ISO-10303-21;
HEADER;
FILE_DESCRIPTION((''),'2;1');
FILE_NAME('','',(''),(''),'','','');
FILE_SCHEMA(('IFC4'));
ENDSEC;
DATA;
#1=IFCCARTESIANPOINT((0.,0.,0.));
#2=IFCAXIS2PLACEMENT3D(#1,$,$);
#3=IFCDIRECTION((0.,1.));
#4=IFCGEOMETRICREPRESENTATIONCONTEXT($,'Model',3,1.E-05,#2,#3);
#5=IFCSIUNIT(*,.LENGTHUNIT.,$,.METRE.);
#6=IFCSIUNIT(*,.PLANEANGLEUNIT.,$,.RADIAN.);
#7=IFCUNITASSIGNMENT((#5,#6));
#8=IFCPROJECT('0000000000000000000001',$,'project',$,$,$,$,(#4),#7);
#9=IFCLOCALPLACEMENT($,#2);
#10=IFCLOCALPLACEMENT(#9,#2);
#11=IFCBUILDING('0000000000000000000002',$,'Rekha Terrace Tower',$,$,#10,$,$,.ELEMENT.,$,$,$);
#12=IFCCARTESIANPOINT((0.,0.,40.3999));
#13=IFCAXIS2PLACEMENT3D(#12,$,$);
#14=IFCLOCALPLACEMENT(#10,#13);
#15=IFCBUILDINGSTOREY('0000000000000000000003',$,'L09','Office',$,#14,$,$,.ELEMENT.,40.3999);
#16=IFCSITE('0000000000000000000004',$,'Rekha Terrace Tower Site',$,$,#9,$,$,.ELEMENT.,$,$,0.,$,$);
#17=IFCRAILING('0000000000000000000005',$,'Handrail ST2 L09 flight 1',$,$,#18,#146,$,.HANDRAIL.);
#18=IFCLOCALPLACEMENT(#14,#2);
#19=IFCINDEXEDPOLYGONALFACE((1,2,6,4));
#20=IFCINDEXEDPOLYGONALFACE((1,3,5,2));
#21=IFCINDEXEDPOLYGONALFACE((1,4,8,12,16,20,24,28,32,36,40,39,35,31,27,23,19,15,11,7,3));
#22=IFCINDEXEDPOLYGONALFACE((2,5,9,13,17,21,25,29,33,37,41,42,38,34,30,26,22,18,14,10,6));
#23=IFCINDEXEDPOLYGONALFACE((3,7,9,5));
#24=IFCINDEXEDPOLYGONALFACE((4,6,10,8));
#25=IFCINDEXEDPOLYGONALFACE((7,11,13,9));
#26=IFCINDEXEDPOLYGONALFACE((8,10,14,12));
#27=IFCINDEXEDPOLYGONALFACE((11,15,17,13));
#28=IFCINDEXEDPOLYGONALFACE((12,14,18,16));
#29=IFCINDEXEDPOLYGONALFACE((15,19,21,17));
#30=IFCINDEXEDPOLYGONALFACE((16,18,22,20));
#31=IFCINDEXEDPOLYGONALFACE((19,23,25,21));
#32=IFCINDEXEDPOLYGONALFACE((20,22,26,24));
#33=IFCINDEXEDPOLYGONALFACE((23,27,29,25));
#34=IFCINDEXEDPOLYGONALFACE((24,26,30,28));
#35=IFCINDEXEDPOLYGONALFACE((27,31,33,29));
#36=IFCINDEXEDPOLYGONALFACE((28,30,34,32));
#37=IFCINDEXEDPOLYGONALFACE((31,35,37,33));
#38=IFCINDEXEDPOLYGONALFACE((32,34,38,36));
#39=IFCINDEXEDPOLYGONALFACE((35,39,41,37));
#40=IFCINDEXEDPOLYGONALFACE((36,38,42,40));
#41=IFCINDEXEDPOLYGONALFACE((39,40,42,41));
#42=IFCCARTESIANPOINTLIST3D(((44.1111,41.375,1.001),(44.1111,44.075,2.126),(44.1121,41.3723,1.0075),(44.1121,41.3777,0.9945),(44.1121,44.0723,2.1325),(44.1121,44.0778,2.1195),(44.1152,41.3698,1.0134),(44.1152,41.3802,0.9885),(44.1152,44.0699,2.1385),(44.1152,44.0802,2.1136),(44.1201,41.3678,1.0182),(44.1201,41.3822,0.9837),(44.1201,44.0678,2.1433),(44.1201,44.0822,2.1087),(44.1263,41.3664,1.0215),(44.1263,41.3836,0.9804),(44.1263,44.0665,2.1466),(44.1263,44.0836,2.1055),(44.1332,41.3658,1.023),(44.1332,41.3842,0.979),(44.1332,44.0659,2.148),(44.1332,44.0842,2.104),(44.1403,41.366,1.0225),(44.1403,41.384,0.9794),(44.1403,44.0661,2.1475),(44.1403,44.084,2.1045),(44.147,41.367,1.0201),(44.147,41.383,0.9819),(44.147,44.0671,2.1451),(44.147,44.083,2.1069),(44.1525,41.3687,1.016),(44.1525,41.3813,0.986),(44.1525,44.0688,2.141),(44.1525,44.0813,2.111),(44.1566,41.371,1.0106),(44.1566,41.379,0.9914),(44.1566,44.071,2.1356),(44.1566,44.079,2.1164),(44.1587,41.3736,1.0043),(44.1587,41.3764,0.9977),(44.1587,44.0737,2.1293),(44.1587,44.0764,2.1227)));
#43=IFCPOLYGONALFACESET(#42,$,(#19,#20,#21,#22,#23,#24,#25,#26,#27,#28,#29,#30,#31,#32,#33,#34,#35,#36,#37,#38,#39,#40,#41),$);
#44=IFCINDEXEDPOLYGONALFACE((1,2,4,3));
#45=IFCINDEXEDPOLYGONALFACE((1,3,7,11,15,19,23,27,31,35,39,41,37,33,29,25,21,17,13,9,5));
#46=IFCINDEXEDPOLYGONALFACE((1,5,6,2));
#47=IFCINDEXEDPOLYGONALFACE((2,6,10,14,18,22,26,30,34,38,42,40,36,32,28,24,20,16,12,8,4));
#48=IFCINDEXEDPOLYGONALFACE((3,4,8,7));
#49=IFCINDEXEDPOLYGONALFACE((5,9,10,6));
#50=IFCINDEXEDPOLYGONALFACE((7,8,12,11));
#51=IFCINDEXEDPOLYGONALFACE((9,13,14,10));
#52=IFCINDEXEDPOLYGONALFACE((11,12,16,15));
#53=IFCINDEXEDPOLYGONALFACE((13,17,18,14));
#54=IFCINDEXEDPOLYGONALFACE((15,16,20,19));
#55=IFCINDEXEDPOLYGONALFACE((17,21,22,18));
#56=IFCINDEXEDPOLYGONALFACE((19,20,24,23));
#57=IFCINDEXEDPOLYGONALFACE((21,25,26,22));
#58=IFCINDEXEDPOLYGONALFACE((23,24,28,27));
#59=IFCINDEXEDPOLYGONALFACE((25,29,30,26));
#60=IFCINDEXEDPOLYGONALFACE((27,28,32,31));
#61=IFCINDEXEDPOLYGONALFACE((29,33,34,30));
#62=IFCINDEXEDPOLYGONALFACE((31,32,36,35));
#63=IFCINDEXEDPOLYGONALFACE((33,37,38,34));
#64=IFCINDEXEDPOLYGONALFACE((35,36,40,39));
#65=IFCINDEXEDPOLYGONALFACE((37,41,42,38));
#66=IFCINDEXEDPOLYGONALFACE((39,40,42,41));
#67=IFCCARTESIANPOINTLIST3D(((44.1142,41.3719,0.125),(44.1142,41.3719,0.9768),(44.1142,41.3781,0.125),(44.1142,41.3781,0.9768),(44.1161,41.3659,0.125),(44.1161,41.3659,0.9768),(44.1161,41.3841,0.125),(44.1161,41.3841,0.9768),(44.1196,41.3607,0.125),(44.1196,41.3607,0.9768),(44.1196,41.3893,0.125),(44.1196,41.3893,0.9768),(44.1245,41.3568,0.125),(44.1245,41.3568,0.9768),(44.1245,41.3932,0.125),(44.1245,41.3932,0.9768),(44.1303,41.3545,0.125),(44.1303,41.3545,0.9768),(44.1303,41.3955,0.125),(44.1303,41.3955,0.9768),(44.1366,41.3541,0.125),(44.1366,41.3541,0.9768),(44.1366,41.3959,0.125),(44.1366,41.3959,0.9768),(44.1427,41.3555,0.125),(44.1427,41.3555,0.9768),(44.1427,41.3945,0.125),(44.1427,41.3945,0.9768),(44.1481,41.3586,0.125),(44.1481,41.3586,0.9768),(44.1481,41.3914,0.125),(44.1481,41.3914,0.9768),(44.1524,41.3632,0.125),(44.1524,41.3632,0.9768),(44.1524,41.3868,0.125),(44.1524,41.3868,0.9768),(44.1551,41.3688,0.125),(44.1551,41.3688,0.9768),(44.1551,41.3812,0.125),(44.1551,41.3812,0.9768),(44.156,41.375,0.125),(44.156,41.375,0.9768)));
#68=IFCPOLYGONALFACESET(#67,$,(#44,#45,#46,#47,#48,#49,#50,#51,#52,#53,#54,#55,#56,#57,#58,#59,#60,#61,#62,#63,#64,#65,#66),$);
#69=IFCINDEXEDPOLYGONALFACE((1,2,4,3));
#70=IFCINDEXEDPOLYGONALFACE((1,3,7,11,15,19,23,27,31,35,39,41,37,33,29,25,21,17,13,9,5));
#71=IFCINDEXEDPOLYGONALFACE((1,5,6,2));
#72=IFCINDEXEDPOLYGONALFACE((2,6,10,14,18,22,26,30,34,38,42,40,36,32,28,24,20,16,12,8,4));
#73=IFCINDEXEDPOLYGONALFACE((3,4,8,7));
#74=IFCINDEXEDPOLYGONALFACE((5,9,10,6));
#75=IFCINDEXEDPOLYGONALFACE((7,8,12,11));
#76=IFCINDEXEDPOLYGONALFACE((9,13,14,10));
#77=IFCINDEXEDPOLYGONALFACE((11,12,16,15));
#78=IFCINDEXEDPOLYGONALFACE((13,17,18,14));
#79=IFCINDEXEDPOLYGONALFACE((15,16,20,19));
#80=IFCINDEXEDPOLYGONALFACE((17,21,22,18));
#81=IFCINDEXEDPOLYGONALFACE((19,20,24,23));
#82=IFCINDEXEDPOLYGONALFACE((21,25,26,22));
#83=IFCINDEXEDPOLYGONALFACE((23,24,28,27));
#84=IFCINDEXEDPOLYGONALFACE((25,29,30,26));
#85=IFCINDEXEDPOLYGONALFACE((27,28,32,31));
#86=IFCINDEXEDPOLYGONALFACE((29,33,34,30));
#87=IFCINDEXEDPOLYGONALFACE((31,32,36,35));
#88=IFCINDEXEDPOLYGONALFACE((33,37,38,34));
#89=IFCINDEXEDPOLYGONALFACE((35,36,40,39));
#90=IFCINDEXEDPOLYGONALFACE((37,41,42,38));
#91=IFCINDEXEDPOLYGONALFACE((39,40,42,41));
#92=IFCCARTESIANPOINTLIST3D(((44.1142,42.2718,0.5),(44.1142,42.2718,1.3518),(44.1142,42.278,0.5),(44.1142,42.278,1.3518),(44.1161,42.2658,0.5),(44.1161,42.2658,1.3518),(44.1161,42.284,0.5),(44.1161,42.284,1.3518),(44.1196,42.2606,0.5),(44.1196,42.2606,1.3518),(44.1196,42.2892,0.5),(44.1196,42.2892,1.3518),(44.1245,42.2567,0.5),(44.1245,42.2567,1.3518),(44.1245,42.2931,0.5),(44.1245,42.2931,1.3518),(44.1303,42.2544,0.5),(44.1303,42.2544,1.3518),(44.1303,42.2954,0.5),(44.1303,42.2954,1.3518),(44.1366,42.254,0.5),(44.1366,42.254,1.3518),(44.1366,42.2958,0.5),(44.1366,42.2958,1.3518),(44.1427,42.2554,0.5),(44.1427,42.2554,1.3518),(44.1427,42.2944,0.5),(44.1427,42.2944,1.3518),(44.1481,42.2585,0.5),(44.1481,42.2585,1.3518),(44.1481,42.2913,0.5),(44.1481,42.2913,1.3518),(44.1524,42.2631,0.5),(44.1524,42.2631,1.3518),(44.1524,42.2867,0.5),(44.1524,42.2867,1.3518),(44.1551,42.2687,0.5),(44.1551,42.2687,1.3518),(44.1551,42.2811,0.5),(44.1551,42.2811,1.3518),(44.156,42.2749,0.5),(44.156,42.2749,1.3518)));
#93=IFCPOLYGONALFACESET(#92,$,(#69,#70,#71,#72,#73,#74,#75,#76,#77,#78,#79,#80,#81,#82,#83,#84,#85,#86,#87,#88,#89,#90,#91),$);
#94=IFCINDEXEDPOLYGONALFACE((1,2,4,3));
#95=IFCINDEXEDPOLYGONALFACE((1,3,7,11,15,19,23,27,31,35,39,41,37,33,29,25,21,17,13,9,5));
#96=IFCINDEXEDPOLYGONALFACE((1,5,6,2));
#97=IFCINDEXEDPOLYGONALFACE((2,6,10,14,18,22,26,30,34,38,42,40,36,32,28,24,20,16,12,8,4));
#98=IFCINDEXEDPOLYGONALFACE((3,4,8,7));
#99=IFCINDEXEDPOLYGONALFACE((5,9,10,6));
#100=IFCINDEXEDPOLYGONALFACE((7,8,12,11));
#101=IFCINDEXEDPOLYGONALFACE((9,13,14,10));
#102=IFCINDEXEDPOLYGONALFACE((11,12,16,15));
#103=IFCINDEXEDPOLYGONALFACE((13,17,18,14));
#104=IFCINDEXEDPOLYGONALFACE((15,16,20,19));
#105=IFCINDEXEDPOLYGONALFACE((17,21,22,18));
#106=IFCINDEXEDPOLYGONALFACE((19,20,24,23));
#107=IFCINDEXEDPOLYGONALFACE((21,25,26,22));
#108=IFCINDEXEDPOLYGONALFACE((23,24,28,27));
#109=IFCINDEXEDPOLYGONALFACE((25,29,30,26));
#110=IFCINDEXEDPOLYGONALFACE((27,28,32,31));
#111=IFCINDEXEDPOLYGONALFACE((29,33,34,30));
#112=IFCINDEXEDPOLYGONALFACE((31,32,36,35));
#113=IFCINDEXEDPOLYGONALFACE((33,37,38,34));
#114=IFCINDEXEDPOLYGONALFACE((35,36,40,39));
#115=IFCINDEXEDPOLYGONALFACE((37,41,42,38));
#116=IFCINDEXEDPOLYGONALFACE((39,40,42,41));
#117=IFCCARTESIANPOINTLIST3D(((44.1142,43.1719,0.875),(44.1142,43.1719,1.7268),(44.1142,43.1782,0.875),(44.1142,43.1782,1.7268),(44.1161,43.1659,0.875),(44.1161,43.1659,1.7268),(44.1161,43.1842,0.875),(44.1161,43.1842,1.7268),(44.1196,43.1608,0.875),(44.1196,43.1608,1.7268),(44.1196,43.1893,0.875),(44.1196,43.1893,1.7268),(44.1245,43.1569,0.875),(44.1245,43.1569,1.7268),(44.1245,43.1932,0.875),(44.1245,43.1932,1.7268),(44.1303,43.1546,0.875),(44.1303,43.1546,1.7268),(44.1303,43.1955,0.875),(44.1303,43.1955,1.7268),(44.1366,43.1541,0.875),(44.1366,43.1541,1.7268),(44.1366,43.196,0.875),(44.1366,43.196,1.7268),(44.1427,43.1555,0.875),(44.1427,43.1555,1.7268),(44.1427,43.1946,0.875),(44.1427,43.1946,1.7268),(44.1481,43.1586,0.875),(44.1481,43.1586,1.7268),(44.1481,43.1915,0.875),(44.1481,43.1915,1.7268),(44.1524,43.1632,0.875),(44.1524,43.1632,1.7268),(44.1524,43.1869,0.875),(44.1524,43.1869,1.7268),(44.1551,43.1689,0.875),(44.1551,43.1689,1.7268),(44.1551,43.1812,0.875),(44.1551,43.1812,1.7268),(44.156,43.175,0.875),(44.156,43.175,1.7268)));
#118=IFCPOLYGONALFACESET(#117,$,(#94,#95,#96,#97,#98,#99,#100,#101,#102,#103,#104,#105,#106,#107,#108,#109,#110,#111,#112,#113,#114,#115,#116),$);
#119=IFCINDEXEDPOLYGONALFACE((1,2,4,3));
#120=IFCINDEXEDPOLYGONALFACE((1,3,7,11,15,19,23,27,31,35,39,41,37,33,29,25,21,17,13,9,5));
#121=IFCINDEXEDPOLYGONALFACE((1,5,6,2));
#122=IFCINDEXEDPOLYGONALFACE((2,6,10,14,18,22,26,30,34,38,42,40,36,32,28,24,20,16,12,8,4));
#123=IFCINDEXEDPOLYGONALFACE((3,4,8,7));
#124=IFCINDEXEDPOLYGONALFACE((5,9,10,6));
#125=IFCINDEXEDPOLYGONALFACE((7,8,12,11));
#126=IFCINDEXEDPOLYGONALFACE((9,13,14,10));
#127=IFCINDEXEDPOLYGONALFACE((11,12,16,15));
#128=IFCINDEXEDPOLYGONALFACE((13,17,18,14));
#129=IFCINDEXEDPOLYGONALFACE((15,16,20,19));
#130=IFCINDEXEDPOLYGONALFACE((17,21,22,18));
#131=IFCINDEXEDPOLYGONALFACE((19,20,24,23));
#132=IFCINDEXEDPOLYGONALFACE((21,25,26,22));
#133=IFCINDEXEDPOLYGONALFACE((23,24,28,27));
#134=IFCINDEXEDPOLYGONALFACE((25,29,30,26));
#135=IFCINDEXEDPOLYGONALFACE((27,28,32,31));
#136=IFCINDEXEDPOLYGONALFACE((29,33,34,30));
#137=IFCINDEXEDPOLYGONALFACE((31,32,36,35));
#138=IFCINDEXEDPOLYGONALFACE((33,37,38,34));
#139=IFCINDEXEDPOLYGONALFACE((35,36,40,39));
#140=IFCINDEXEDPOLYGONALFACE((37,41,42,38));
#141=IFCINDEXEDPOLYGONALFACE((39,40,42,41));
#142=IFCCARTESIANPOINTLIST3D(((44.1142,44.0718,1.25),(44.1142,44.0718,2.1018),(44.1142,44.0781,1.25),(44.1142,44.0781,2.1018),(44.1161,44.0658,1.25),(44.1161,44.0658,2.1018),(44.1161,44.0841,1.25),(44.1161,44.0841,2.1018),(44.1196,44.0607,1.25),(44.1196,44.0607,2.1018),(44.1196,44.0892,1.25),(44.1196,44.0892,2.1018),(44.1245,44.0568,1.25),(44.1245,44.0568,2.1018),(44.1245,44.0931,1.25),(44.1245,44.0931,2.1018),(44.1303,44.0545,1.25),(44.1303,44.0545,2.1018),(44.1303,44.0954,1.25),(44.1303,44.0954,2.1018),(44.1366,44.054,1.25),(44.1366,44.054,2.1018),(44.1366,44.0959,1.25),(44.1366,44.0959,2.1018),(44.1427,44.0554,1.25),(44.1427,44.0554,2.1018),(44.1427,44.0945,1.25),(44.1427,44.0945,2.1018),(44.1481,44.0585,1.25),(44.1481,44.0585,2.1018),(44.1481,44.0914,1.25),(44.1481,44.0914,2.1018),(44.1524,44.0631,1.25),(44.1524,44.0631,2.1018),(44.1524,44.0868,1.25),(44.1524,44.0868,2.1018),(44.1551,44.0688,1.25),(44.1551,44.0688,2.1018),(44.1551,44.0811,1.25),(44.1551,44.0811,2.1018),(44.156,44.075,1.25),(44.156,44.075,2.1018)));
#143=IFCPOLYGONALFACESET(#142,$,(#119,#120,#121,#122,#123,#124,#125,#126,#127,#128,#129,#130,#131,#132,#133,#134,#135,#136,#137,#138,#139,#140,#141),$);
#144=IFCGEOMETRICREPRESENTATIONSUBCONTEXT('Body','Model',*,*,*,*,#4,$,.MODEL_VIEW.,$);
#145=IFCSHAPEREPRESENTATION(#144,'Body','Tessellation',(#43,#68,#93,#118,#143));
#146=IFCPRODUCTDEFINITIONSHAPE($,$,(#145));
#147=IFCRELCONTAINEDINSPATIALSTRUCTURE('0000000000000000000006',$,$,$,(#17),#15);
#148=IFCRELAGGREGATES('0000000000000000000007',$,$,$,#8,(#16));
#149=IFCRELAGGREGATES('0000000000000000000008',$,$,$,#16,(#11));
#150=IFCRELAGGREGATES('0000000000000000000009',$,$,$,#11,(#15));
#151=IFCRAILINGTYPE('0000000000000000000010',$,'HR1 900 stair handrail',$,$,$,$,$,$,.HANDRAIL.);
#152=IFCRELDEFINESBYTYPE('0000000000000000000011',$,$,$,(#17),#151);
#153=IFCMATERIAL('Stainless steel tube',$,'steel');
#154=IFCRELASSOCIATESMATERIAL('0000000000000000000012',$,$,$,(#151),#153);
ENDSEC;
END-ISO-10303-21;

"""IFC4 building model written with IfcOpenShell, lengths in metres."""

from ifc_helpers import new_model, si_unit, direction, frame, origin, origin_2d, place, context, subcontext, project, spatial, circle, extrude, material, type_object, element, save


model = new_model("IFC4")

# Units and contexts
model_context = context("Model", 3, precision=1e-05, world=origin(), true_north=direction((0.0, 1.0)))
body_context = subcontext(model_context, "Body", "Model", "MODEL_VIEW")
ifc_project = project(units=[si_unit("LENGTHUNIT", "METRE"), si_unit("PLANEANGLEUNIT", "RADIAN")], contexts=[model_context])

# Site, building, storey
site_placement = place(None, origin())
site = spatial("IfcSite", under=ifc_project, at=site_placement, Name="Rekha Terrace Tower Site", CompositionType="ELEMENT", RefElevation=0.0)
building_placement = place(site_placement, origin())
building = spatial("IfcBuilding", under=site, at=building_placement, Name="Rekha Terrace Tower", CompositionType="ELEMENT")
storey_placement = place(building_placement, frame((0.0, 0.0, 40.3999)))
storey = spatial("IfcBuildingStorey", under=building, at=storey_placement, Name="L09", Description="Office", CompositionType="ELEMENT", Elevation=40.3999)

# Railing
ifc_material_1 = material(Name="Stainless steel tube", Category="steel")
railing_type_1 = type_object("IfcRailingType", Name="HR1 900 stair handrail", PredefinedType="HANDRAIL", material=ifc_material_1)
for number, where, name in (
    (1, (44.135, 41.375, 0.125), "Handrail ST2 L09 flight 1"),
):
    element("IfcRailing", number, at=place(storey_placement, frame(where)), inside=storey, type_object=railing_type_1, Name=name, PredefinedType="HANDRAIL", context=body_context, shape_type="SweptSolid", body=[
        extrude(circle(Radius=0.0239, at=origin_2d()), frame((0.0, 0.0, 0.876), z_axis=(0.0, 0.923074, 0.384621), x_axis=(-1.0, 0.0, 0.0)), (0.0, 0.0, 1.0), 2.925),
        extrude(circle(Radius=0.021, at=origin_2d()), origin(), (0.0, 0.0, 1.0), 0.8518),
        extrude(circle(Radius=0.021, at=origin_2d()), frame((0.0, 0.8999, 0.375)), (0.0, 0.0, 1.0), 0.8518),
        extrude(circle(Radius=0.021, at=origin_2d()), frame((0.0, 1.8, 0.75)), (0.0, 0.0, 1.0), 0.8518),
        extrude(circle(Radius=0.021, at=origin_2d()), frame((0.0, 2.7, 1.125)), (0.0, 0.0, 1.0), 0.8518),
    ])

save(model, "model.ifc")
